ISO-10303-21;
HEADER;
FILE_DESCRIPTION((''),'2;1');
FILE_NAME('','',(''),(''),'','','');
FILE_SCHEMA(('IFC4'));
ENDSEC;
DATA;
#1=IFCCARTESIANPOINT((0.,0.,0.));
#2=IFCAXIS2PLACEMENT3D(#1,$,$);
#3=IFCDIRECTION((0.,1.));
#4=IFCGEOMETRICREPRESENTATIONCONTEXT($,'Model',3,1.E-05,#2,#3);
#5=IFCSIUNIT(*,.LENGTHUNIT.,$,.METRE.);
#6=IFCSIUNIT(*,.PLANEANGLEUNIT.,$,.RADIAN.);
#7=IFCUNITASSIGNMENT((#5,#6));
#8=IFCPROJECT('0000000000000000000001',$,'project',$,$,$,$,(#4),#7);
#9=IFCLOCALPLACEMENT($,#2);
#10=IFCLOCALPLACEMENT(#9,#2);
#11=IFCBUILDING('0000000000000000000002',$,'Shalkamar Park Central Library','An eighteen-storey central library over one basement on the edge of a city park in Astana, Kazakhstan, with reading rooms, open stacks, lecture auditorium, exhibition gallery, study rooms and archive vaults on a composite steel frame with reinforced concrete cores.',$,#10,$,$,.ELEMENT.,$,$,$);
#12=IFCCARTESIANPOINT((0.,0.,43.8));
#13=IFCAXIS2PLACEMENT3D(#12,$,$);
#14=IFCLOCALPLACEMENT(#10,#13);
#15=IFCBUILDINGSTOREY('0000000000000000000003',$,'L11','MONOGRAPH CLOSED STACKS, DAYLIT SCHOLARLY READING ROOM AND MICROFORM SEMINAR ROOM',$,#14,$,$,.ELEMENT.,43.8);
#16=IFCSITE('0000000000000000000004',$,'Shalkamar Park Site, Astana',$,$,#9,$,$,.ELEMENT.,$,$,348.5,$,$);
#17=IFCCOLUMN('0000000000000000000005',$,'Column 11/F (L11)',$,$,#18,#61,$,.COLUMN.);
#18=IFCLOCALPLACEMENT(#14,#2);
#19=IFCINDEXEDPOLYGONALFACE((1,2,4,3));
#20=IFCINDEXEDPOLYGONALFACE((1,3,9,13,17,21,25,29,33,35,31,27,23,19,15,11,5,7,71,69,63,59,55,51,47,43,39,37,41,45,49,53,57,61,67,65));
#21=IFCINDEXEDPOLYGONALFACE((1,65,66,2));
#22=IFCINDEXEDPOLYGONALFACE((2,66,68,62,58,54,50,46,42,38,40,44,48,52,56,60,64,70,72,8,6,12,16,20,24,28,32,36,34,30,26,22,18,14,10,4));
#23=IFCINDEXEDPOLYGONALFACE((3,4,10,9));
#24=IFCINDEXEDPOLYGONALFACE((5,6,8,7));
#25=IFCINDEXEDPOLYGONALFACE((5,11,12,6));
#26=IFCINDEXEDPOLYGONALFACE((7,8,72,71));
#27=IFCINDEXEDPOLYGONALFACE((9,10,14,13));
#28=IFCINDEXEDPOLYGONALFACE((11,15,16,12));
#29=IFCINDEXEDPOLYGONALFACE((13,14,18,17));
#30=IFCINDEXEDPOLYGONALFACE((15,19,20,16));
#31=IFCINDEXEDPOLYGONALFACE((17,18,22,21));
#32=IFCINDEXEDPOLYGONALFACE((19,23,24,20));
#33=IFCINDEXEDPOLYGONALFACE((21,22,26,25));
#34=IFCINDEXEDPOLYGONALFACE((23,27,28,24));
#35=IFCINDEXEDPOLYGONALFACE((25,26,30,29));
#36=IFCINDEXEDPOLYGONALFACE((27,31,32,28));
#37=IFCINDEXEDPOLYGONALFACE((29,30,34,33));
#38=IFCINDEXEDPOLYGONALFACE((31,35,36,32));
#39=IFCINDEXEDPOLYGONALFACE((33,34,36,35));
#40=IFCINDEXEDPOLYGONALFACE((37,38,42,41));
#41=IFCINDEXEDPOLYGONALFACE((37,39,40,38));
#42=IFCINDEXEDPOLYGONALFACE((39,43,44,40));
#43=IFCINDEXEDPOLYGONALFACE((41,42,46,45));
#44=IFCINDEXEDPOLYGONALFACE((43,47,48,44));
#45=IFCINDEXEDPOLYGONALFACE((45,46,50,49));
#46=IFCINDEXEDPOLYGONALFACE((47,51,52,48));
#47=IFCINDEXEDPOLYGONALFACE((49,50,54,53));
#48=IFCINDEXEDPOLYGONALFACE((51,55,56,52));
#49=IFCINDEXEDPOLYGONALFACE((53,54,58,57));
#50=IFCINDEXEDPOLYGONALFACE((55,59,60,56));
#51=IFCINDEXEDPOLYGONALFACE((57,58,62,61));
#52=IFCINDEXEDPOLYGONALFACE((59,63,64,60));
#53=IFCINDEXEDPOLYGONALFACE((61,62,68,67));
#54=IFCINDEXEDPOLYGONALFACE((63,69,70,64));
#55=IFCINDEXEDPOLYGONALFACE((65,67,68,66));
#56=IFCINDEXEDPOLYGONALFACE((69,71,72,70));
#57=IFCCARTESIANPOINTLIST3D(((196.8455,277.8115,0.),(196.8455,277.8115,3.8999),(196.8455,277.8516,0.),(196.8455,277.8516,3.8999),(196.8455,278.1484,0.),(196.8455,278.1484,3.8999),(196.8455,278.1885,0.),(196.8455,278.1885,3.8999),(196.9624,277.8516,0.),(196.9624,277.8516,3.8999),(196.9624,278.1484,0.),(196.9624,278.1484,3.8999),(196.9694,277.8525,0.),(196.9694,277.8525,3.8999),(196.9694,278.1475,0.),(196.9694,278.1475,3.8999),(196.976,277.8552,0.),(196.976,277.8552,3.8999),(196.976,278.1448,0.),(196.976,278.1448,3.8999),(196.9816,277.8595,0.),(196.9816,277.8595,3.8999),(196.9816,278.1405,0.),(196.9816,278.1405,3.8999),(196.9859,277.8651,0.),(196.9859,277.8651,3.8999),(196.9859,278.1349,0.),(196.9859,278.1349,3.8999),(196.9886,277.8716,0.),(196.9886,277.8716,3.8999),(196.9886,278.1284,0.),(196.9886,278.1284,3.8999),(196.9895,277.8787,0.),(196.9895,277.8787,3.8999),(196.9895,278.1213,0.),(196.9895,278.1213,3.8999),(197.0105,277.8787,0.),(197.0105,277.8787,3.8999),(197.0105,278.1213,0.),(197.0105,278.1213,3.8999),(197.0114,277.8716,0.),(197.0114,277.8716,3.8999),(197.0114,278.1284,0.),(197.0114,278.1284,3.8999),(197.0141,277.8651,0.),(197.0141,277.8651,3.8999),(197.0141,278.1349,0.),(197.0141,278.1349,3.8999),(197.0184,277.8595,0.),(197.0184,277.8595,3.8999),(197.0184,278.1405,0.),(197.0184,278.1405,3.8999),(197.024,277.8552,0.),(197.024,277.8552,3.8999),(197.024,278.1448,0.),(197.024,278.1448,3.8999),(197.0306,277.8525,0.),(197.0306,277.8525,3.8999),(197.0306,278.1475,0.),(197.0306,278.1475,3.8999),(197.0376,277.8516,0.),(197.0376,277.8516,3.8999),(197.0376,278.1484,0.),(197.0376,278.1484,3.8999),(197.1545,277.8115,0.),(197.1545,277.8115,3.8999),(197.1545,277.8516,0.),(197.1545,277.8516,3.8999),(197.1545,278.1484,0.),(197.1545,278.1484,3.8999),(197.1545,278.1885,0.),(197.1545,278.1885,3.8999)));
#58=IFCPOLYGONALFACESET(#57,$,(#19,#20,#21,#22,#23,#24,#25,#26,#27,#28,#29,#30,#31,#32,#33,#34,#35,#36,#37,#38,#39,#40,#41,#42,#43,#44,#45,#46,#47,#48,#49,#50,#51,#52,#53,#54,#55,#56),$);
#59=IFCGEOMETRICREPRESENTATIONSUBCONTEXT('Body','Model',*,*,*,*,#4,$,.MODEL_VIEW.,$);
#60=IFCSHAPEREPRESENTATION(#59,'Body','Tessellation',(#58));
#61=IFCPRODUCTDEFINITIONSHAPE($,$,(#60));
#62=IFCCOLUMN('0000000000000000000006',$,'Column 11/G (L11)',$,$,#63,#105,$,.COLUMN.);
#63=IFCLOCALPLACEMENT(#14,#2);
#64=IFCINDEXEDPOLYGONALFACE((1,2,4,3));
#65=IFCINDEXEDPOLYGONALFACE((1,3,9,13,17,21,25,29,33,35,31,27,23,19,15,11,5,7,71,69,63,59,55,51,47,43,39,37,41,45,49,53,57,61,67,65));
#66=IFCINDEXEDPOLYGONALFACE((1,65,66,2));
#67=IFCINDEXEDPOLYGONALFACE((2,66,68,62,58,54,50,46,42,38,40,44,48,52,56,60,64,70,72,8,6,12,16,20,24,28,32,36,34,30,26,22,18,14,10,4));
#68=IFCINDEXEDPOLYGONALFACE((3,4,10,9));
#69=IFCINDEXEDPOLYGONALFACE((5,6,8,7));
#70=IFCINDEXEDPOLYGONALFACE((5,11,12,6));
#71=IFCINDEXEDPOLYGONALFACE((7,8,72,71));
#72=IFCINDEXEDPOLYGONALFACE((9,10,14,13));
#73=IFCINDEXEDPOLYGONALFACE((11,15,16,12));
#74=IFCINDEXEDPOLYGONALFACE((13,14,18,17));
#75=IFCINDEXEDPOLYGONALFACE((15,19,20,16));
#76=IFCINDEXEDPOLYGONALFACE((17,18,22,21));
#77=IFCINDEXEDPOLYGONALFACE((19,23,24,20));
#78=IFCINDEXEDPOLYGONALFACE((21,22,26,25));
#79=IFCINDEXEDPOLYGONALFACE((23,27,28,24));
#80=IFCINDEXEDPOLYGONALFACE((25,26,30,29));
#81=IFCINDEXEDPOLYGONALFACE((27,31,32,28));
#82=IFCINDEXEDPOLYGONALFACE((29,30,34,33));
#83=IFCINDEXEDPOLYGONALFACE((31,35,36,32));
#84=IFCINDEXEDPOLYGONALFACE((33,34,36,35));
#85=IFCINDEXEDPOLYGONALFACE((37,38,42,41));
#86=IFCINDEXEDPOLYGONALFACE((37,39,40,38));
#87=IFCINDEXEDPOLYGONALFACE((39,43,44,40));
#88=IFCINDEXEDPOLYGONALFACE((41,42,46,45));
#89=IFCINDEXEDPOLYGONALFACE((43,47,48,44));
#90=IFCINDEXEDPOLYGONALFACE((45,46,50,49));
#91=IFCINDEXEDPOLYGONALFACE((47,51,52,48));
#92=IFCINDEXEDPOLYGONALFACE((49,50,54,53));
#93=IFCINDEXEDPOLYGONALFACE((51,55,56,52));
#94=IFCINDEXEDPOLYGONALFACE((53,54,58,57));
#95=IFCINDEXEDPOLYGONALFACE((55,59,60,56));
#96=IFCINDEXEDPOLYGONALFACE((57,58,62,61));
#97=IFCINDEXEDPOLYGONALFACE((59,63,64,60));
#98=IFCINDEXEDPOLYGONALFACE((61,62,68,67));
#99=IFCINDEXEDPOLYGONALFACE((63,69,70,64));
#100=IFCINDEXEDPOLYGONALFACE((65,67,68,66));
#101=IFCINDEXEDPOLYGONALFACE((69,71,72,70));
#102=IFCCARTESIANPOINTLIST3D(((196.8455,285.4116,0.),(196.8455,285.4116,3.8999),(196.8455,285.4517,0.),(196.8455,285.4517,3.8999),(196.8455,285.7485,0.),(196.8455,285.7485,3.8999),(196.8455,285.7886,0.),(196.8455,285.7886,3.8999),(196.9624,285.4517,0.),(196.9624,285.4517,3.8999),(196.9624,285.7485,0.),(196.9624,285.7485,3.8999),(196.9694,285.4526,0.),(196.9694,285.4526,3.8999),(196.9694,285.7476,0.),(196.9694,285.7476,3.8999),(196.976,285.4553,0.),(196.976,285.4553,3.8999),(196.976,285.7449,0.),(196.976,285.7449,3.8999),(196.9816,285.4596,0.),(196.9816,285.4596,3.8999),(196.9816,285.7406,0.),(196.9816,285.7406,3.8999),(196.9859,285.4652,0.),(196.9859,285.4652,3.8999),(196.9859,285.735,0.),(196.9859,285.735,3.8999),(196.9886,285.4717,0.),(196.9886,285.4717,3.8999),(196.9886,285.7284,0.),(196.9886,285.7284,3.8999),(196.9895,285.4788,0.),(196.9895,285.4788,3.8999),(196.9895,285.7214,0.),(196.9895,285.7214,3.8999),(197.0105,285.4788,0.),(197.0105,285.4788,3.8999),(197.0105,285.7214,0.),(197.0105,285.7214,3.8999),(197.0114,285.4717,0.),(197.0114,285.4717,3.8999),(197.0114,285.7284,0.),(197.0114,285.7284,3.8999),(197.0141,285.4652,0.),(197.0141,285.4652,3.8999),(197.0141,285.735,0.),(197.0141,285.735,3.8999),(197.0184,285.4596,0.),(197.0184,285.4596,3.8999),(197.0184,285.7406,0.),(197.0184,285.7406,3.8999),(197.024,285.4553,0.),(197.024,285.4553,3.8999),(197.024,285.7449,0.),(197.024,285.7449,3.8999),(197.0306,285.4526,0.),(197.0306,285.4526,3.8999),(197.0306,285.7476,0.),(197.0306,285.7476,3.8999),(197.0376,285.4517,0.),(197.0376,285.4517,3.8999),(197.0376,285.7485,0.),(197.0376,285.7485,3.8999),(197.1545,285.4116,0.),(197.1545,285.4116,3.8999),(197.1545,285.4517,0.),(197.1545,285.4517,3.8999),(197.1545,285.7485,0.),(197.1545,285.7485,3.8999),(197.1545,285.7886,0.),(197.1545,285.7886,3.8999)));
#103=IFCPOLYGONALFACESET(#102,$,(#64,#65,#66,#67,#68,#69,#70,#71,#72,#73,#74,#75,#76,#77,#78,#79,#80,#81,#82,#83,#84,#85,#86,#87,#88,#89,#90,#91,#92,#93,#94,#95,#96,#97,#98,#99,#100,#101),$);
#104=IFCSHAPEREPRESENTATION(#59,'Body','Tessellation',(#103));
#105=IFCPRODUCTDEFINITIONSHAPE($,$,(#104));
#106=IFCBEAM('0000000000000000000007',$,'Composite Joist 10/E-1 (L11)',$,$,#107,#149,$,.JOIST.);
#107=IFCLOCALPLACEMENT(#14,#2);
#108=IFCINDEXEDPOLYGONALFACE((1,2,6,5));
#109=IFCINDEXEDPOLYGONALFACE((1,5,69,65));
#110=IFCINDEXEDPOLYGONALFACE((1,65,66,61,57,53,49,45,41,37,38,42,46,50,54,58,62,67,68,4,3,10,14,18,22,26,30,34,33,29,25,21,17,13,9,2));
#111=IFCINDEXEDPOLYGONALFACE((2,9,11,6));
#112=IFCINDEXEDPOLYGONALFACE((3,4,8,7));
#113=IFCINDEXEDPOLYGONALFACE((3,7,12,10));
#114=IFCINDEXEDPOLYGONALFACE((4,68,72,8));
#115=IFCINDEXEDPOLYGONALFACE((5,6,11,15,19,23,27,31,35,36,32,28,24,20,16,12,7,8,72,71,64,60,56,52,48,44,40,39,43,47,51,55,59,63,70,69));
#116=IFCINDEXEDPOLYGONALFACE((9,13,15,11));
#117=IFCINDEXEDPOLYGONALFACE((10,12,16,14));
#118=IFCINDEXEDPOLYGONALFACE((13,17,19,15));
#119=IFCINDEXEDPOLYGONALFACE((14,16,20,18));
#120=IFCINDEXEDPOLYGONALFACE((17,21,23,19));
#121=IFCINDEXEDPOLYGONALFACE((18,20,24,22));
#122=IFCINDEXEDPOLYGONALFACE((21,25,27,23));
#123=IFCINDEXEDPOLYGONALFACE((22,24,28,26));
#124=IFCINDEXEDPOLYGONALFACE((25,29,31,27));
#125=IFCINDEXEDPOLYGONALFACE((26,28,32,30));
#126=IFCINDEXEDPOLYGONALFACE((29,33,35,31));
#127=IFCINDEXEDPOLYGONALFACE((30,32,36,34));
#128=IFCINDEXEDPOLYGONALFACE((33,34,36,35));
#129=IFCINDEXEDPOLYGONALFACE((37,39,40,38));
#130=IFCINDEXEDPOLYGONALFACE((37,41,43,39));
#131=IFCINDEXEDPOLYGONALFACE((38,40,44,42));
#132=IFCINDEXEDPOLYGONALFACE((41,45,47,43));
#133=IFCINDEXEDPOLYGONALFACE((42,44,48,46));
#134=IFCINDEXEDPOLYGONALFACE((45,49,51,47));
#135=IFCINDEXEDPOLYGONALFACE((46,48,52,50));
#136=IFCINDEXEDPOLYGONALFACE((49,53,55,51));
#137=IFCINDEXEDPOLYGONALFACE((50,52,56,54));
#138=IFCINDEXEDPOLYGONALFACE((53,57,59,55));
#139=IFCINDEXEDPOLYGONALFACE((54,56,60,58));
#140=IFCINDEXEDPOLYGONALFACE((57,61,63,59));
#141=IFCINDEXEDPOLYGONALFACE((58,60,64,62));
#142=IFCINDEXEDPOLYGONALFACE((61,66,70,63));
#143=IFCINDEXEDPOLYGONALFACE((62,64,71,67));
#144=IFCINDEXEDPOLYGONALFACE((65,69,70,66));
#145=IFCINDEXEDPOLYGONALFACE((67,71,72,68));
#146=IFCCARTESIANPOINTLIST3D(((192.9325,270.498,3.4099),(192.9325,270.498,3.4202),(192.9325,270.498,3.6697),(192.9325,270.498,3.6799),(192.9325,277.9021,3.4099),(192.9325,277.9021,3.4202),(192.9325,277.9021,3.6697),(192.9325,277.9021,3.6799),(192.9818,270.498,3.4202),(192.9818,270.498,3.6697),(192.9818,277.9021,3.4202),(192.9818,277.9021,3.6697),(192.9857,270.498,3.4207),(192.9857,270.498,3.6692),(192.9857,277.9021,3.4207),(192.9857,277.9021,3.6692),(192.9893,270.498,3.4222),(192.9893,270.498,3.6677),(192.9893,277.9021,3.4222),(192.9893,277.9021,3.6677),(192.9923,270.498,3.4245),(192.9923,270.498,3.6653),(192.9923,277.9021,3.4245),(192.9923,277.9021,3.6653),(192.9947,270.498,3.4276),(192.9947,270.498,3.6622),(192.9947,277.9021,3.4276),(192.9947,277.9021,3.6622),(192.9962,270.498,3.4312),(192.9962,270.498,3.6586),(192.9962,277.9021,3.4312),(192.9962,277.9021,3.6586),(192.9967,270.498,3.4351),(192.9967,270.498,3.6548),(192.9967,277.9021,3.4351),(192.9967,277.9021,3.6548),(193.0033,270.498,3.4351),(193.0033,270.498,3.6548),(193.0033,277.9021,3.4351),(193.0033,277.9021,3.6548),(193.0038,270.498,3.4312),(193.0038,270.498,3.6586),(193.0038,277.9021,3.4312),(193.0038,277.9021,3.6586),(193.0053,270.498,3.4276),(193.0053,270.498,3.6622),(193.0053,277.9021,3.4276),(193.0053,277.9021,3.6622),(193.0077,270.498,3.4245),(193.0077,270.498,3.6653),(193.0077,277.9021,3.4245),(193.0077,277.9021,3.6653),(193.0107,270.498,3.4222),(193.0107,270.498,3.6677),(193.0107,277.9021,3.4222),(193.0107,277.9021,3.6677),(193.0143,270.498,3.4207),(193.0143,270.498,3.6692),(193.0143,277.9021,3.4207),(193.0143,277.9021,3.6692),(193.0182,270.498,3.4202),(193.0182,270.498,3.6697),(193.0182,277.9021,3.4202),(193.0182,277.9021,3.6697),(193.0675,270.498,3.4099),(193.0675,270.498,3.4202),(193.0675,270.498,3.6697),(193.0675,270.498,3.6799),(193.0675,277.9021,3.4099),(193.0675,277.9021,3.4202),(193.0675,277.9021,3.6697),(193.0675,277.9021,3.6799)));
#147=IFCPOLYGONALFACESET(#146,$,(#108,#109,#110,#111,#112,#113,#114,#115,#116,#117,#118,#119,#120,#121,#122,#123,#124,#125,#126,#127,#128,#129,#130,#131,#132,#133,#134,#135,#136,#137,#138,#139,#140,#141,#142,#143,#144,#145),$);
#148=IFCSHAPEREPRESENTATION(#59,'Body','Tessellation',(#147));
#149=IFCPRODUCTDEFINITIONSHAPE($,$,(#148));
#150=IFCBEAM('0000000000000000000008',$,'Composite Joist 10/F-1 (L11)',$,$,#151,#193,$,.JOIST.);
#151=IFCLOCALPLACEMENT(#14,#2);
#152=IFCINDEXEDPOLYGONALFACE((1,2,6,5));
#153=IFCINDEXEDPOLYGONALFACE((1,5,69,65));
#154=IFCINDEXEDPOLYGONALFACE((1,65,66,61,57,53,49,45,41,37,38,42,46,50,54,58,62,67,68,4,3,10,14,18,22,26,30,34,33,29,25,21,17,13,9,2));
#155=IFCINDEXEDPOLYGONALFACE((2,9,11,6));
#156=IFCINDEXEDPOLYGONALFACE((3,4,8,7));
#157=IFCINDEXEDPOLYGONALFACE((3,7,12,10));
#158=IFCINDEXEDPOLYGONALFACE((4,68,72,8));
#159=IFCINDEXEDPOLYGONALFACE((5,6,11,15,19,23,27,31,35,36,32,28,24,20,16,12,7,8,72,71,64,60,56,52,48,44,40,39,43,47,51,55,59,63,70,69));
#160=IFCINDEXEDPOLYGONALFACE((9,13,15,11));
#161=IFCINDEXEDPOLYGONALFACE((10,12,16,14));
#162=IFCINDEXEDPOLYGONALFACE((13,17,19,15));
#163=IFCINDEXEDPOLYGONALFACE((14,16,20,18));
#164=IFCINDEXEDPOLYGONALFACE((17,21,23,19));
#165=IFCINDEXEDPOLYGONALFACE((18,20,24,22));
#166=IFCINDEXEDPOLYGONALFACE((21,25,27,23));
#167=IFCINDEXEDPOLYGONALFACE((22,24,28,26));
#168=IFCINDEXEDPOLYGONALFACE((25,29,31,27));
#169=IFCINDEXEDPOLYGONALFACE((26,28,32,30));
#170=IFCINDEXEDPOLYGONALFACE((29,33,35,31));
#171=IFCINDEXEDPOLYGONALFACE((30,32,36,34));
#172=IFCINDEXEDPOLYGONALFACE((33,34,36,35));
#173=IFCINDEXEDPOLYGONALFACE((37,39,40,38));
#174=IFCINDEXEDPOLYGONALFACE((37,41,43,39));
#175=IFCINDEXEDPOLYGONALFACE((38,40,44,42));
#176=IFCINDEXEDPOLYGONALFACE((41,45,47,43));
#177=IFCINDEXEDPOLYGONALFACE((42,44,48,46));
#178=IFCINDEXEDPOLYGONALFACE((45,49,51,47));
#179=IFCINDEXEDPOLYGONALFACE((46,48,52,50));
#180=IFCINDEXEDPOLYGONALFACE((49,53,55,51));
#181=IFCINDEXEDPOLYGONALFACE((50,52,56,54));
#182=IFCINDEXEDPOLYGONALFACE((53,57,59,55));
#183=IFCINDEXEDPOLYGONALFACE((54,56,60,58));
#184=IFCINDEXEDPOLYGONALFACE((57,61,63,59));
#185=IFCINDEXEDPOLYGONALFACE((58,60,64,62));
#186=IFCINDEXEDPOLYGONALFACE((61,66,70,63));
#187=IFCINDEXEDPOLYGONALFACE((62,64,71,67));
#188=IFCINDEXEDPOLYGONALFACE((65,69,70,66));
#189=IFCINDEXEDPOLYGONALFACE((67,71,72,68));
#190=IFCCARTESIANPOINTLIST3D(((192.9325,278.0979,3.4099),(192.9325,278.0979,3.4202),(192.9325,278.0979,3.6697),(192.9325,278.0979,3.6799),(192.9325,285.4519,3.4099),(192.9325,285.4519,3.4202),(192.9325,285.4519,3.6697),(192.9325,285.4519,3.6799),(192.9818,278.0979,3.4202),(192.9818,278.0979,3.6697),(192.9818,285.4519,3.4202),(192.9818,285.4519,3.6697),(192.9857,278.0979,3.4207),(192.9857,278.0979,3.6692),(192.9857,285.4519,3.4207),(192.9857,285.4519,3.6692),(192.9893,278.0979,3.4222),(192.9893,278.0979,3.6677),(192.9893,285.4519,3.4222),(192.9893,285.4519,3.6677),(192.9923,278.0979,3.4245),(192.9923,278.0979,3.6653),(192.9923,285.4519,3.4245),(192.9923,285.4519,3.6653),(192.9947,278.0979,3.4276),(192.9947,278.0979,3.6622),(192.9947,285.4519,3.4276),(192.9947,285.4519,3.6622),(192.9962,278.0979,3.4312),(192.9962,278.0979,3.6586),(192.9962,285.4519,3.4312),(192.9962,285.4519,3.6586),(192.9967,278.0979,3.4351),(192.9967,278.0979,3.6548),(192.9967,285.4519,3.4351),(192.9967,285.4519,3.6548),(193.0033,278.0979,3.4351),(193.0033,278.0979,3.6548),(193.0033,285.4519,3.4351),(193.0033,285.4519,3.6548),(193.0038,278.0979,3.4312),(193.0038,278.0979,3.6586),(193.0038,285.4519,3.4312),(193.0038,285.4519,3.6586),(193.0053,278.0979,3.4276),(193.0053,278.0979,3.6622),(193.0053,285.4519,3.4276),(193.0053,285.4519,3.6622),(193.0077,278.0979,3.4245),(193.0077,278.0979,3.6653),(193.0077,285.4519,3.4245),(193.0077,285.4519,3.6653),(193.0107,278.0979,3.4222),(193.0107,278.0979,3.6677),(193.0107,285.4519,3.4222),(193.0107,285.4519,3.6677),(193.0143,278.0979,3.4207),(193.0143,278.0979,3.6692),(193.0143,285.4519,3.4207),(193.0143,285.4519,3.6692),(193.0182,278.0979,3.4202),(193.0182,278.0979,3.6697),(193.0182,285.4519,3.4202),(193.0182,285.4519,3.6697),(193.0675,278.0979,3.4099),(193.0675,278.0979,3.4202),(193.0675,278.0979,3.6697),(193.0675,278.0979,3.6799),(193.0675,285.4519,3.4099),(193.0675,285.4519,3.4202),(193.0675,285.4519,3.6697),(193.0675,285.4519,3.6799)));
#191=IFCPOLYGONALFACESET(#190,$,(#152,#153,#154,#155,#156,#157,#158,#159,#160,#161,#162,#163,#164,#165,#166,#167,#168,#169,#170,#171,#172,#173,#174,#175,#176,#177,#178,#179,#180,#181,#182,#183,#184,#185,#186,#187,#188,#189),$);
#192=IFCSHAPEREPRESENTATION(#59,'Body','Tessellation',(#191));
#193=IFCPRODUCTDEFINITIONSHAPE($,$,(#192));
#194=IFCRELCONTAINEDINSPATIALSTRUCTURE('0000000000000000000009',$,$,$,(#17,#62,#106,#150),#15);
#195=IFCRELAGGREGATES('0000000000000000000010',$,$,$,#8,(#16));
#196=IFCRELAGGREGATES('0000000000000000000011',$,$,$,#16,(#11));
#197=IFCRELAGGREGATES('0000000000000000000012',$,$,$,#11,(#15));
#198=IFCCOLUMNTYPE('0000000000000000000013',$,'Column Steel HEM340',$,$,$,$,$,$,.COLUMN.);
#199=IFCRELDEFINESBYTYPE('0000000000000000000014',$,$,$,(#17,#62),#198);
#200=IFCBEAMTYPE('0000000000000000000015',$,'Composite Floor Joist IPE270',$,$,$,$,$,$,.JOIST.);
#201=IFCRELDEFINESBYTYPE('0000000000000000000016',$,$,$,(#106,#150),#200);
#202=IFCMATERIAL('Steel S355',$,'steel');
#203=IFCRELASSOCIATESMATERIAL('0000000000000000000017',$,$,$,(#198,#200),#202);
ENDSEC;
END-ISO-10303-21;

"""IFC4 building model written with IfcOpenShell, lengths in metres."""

from ifc_helpers import new_model, si_unit, direction, frame, origin, origin_2d, place, context, subcontext, project, spatial, i_section, extrude, material, material_profile, profile_set, type_object, element, save


model = new_model("IFC4")

# Units and contexts
model_context = context("Model", 3, precision=1e-05, world=origin(), true_north=direction((0.0, 1.0)))
body_context = subcontext(model_context, "Body", "Model", "MODEL_VIEW")
ifc_project = project(units=[si_unit("LENGTHUNIT", "METRE"), si_unit("PLANEANGLEUNIT", "RADIAN")], contexts=[model_context])

# Site, building, storey
site_placement = place(None, origin())
site = spatial("IfcSite", under=ifc_project, at=site_placement, Name="Shalkamar Park Site, Astana", CompositionType="ELEMENT", RefElevation=348.5)
building_placement = place(site_placement, origin())
building = spatial("IfcBuilding", under=site, at=building_placement, Name="Shalkamar Park Central Library", Description="An eighteen-storey central library over one basement on the edge of a city park in Astana, Kazakhstan, with reading rooms, open stacks, lecture auditorium, exhibition gallery, study rooms and archive vaults on a composite steel frame with reinforced concrete cores.", CompositionType="ELEMENT")
storey_placement = place(building_placement, frame((0.0, 0.0, 43.8)))
storey = spatial("IfcBuildingStorey", under=building, at=storey_placement, Name="L11", Description="MONOGRAPH CLOSED STACKS, DAYLIT SCHOLARLY READING ROOM AND MICROFORM SEMINAR ROOM", CompositionType="ELEMENT", Elevation=43.8)

# Columns
ifc_material_1 = material(Name="Steel S355", Category="steel")
ifc_material_profile_1 = material_profile(ifc_material_1, i_section(OverallWidth=0.3091, OverallDepth=0.377, WebThickness=0.021, FlangeThickness=0.04, FilletRadius=0.0271, at=origin_2d()), Name="HEM 340")
ifc_profile_set_1 = profile_set([ifc_material_profile_1], Name="Steel S355")
column_type = type_object("IfcColumnType", Name="Column Steel HEM340", PredefinedType="COLUMN", material=ifc_profile_set_1)
for number, where, z_axis, x_axis, name in (
    (1, (197.0, 278.0, 0.0), (0.0, 0.0, 1.0), (1.0, 0.0, 0.0), "Column 11/F (L11)"),
    (2, (197.0, 285.6001, 0.0), (0.0, 0.0, 1.0), (1.0, 0.0, 0.0), "Column 11/G (L11)"),
):
    element("IfcColumn", number, at=place(storey_placement, frame(where, z_axis=z_axis, x_axis=x_axis)), inside=storey, type_object=column_type, Name=name, PredefinedType="COLUMN", context=body_context, shape_type="SweptSolid", body=[
        extrude(i_section(OverallWidth=0.3091, OverallDepth=0.377, WebThickness=0.021, FlangeThickness=0.04, FilletRadius=0.0271, at=origin_2d()), origin(), (0.0, 0.0, 1.0), 3.8999),
    ])

# Beams
ifc_material_profile_2 = material_profile(ifc_material_1, i_section(OverallWidth=0.135, OverallDepth=0.27, WebThickness=0.0066, FlangeThickness=0.0103, FilletRadius=0.0149, at=origin_2d()), Name="IPE 270")
ifc_profile_set_2 = profile_set([ifc_material_profile_2], Name="Steel S355")
beam_type_1 = type_object("IfcBeamType", Name="Composite Floor Joist IPE270", PredefinedType="JOIST", material=ifc_profile_set_2)
beam_1_placement = place(storey_placement, frame((193.0, 270.498, 3.5449), z_axis=(0.0, 1.0, 0.0), x_axis=(-1.0, 0.0, 0.0)))
element("IfcBeam", 3, at=beam_1_placement, inside=storey, type_object=beam_type_1, Name="Composite Joist 10/E-1 (L11)", PredefinedType="JOIST", context=body_context, shape_type="SweptSolid", body=[
    extrude(i_section(OverallWidth=0.135, OverallDepth=0.27, WebThickness=0.0066, FlangeThickness=0.0103, FilletRadius=0.0149, at=origin_2d()), origin(), (0.0, 0.0, 1.0), 7.4041),
])
beam_2_placement = place(storey_placement, frame((193.0, 278.0979, 3.5449), z_axis=(0.0, 1.0, 0.0), x_axis=(-1.0, 0.0, 0.0)))
element("IfcBeam", 4, at=beam_2_placement, inside=storey, type_object=beam_type_1, Name="Composite Joist 10/F-1 (L11)", PredefinedType="JOIST", context=body_context, shape_type="SweptSolid", body=[
    extrude(i_section(OverallWidth=0.135, OverallDepth=0.27, WebThickness=0.0066, FlangeThickness=0.0103, FilletRadius=0.0149, at=origin_2d()), origin(), (0.0, 0.0, 1.0), 7.354),
])

save(model, "model.ifc")
